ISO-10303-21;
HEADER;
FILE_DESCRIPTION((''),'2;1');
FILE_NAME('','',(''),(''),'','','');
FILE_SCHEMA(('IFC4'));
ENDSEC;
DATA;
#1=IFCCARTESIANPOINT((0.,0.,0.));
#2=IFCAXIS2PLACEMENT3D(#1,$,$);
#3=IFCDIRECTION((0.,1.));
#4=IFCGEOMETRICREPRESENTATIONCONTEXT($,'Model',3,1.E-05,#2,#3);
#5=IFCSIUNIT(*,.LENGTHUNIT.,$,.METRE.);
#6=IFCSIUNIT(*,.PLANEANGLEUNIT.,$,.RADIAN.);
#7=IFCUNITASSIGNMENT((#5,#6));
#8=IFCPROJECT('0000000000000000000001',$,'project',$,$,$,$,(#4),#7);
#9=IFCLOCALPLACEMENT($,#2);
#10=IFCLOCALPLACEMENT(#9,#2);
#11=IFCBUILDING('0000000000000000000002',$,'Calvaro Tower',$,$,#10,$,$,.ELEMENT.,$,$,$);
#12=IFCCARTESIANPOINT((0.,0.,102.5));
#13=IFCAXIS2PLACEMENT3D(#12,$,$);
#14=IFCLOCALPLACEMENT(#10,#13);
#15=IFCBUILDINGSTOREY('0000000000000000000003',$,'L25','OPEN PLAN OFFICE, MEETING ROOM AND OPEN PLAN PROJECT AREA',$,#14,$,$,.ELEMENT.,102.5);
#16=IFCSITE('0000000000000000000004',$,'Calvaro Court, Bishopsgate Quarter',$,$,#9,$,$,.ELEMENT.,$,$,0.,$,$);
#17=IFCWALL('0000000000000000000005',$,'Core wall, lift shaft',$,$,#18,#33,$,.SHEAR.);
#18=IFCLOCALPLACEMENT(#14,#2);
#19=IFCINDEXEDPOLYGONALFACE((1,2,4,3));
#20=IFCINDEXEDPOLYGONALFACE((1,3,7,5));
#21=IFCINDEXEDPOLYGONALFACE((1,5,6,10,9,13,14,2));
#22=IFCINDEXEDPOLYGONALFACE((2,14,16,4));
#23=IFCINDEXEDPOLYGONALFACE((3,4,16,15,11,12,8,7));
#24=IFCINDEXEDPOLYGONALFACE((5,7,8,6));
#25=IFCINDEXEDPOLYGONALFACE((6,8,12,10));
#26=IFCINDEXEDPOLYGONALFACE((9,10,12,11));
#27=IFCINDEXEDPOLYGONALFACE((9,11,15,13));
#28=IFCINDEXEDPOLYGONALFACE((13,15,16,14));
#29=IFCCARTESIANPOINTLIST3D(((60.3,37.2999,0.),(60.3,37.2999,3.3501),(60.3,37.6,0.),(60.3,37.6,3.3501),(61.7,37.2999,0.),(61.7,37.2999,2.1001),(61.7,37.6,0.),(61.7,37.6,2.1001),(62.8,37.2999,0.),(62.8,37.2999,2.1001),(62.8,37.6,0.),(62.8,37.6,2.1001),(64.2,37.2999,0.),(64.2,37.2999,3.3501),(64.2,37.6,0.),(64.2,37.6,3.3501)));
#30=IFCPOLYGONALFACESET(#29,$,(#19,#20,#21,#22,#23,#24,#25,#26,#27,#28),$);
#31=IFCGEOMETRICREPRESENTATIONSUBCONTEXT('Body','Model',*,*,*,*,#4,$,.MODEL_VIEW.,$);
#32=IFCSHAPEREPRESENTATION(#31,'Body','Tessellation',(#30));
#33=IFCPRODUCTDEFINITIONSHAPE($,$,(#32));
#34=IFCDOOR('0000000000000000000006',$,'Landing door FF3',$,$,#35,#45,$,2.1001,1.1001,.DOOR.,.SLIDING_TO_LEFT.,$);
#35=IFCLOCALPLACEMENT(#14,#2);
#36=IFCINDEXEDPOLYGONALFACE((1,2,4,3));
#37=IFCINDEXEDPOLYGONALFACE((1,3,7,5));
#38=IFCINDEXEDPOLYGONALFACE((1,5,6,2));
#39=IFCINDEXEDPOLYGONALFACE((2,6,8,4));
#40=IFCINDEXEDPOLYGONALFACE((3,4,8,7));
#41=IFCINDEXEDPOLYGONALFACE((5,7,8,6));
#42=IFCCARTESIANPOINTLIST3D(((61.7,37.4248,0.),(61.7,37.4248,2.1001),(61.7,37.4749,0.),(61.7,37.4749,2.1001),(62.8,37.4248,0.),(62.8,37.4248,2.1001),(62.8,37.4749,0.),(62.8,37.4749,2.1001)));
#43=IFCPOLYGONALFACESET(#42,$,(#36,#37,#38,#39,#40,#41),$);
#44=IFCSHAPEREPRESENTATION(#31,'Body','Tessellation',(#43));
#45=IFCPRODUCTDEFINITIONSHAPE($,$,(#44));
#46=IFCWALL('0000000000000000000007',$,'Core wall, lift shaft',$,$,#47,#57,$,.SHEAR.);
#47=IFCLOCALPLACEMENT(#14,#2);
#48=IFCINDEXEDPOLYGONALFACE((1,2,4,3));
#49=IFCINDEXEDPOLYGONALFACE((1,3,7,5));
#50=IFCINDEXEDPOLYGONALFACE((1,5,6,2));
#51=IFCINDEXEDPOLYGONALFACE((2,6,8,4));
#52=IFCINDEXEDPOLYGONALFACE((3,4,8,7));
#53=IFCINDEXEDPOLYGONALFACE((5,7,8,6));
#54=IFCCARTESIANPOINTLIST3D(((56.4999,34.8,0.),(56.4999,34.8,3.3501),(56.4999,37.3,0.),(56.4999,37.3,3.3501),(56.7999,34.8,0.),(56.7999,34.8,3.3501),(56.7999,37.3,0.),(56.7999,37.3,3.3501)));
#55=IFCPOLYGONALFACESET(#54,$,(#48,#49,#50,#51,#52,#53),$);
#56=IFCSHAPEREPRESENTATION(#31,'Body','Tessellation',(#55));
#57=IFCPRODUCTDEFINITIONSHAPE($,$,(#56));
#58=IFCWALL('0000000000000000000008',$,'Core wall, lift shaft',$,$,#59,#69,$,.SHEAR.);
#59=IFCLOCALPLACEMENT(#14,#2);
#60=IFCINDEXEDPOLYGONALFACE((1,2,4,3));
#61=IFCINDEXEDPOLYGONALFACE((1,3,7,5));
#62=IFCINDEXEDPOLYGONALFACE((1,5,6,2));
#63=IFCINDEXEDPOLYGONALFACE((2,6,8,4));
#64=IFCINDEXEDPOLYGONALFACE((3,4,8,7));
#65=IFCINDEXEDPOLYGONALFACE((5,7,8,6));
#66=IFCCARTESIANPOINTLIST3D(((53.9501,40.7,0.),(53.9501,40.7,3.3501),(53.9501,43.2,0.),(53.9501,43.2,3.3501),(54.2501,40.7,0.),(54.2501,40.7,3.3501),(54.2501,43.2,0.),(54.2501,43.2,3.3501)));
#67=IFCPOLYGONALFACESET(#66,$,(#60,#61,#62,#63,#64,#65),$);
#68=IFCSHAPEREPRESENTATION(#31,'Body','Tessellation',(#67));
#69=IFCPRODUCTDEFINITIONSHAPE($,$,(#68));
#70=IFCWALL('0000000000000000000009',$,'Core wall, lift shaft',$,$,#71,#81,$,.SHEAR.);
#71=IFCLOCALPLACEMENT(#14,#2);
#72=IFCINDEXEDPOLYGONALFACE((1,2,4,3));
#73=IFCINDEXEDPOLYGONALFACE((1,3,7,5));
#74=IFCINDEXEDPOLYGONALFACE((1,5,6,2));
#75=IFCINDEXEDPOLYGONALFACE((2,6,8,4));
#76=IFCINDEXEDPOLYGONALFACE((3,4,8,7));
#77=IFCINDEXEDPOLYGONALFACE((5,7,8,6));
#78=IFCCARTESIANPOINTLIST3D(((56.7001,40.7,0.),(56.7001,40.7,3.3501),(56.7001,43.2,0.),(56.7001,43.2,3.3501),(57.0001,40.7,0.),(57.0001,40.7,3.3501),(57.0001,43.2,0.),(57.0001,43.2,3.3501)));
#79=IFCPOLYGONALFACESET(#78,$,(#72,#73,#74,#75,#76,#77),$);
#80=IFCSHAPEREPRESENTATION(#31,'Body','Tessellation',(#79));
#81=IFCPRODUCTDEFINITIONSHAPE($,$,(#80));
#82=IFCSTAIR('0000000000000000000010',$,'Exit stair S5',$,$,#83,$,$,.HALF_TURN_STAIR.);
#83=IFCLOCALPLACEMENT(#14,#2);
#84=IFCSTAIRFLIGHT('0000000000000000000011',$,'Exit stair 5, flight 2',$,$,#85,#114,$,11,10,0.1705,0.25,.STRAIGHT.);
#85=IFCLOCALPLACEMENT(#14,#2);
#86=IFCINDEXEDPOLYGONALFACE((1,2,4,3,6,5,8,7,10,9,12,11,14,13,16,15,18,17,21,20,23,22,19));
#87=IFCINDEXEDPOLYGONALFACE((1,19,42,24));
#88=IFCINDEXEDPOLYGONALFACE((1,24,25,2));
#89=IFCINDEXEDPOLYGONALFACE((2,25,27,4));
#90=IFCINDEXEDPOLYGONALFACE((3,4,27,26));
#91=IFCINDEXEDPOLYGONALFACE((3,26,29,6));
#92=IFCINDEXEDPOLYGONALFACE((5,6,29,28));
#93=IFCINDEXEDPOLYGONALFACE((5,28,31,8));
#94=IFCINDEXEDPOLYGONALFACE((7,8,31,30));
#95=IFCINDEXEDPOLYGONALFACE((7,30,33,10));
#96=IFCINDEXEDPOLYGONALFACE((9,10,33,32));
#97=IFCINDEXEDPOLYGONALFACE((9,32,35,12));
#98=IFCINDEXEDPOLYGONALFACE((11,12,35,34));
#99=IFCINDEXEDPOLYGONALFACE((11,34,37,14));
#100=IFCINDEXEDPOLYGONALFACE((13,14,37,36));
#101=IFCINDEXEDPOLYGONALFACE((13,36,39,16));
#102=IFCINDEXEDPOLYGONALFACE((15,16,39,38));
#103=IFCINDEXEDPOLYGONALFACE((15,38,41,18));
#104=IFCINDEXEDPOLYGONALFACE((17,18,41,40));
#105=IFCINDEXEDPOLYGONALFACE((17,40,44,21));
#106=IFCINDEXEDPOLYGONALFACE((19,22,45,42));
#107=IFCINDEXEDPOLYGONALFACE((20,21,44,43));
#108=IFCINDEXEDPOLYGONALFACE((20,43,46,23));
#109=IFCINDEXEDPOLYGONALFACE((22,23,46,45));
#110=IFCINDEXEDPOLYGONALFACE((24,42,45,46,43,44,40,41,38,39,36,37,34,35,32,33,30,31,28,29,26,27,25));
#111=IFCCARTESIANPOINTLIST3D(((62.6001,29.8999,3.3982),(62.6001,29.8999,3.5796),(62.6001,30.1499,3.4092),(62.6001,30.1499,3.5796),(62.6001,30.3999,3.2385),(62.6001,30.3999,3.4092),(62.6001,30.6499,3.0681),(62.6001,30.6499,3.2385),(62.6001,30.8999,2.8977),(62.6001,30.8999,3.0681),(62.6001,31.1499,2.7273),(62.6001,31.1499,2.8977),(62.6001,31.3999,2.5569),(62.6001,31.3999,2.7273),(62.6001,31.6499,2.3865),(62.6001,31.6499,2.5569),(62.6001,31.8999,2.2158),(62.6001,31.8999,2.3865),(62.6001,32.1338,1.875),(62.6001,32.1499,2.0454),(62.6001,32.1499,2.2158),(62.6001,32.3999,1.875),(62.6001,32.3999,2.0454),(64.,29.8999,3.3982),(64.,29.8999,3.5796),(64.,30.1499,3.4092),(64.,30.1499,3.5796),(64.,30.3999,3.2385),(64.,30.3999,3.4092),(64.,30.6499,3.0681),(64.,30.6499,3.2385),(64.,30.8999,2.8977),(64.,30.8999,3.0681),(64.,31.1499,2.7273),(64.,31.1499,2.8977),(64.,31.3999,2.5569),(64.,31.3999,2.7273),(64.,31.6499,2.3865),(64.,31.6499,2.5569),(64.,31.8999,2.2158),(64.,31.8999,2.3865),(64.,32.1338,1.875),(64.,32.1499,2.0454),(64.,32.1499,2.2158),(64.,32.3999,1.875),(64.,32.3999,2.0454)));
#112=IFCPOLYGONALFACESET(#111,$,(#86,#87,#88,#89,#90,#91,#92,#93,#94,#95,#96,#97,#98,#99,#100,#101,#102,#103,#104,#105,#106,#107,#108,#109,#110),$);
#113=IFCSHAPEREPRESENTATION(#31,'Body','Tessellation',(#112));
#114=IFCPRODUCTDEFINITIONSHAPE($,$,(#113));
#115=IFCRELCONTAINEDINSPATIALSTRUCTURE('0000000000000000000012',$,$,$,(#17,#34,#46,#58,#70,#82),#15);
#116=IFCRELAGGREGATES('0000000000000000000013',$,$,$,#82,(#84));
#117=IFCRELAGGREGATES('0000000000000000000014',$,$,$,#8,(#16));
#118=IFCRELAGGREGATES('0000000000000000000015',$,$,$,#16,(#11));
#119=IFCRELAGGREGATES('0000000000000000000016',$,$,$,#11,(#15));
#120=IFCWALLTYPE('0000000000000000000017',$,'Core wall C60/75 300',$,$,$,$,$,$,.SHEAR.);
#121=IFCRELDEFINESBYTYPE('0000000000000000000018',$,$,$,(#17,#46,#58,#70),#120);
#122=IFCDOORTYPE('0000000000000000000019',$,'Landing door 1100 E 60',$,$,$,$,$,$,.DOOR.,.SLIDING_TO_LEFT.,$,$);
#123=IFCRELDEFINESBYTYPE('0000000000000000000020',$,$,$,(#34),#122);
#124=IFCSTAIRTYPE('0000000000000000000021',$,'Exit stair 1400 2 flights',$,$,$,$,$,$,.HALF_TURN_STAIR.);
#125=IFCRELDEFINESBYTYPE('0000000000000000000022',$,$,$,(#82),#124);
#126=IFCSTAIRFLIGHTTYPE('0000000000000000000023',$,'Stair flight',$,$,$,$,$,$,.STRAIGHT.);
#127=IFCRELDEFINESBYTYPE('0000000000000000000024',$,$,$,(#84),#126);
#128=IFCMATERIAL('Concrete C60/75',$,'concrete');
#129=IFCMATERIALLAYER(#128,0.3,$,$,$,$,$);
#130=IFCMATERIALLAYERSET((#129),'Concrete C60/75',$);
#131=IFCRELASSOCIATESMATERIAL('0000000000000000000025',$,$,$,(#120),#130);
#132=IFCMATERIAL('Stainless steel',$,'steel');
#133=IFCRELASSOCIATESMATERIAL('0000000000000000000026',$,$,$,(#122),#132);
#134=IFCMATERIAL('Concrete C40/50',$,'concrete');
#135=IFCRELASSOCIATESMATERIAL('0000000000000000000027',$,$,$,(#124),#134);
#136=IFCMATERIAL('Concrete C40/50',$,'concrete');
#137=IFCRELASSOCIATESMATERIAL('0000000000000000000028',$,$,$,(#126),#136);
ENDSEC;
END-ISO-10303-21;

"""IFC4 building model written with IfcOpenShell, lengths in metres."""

from ifc_helpers import new_model, si_unit, direction, frame, frame_2d, origin, place, context, subcontext, project, spatial, polyline, rectangle, outline, extrude, material, layer, layer_set, type_object, element, fill, aggregate, save


model = new_model("IFC4")

# Units and contexts
model_context = context("Model", 3, precision=1e-05, world=origin(), true_north=direction((0.0, 1.0)))
body_context = subcontext(model_context, "Body", "Model", "MODEL_VIEW")
ifc_project = project(units=[si_unit("LENGTHUNIT", "METRE"), si_unit("PLANEANGLEUNIT", "RADIAN")], contexts=[model_context])

# Site, building, storey
site_placement = place(None, origin())
site = spatial("IfcSite", under=ifc_project, at=site_placement, Name="Calvaro Court, Bishopsgate Quarter", CompositionType="ELEMENT", RefElevation=0.0)
building_placement = place(site_placement, origin())
building = spatial("IfcBuilding", under=site, at=building_placement, Name="Calvaro Tower", CompositionType="ELEMENT")
storey_placement = place(building_placement, frame((0.0, 0.0, 102.5)))
storey = spatial("IfcBuildingStorey", under=building, at=storey_placement, Name="L25", Description="OPEN PLAN OFFICE, MEETING ROOM AND OPEN PLAN PROJECT AREA", CompositionType="ELEMENT", Elevation=102.5)

# Shared definitions
ifc_material_1 = material(Name="Concrete C60/75", Category="concrete")
ifc_layer_1 = layer(ifc_material_1, 0.3)
ifc_layer_set_1 = layer_set([ifc_layer_1], Name="Concrete C60/75")
wall_type_1 = type_object("IfcWallType", Name="Core wall C60/75 300", PredefinedType="SHEAR", material=ifc_layer_set_1)

# Wall, opening, door
wall_1_placement = place(storey_placement, frame((60.3, 37.45, 0.0), z_axis=(0.0, 0.0, 1.0), x_axis=(1.0, 0.0, 0.0)))
wall_1 = element("IfcWall", 1, at=wall_1_placement, inside=storey, type_object=wall_type_1, Name="Core wall, lift shaft", PredefinedType="SHEAR", context=body_context, shape_type="SweptSolid", body=[
    extrude(rectangle(XDim=3.8999, YDim=0.3, at=frame_2d((1.95, 0.0))), origin(), (0.0, 0.0, 1.0), 3.3501),
])
opening_1_placement = place(wall_1_placement, frame((1.3999, 0.0, 0.0)))
opening_1 = element("IfcOpeningElement", 2, at=opening_1_placement, cuts=wall_1, PredefinedType="OPENING", context=body_context, shape_type="SweptSolid", body=[
    extrude(rectangle(XDim=1.1001, YDim=2.1001, at=frame_2d((0.55, 1.05))), frame((0.0, 0.1599, 0.0), z_axis=(0.0, -1.0, 0.0), x_axis=(1.0, 0.0, 0.0)), (0.0, 0.0, 1.0), 0.3201),
])
ifc_material_2 = material(Name="Stainless steel", Category="steel")
door_type_1 = type_object("IfcDoorType", Name="Landing door 1100 E 60", OperationType="SLIDING_TO_LEFT", PredefinedType="DOOR", material=ifc_material_2)
door_1_placement = place(opening_1_placement, origin())
door_1 = element("IfcDoor", 3, at=door_1_placement, inside=storey, type_object=door_type_1, Name="Landing door FF3", OperationType="SLIDING_TO_LEFT", OverallHeight=2.1001, OverallWidth=1.1001, PredefinedType="DOOR", context=body_context, shape_type="SweptSolid", body=[
    extrude(rectangle(XDim=1.1001, YDim=2.1001, at=frame_2d((0.55, 1.05))), frame((0.0, 0.0249, 0.0), z_axis=(0.0, -1.0, 0.0), x_axis=(1.0, 0.0, 0.0)), (0.0, 0.0, 1.0), 0.05),
])
fill(opening_1, door_1)

# Walls
for number, where, z_axis, x_axis, name in (
    (4, (56.6499, 34.8, 0.0), (0.0, 0.0, 1.0), (0.0, 1.0, 0.0), "Core wall, lift shaft"),
    (5, (54.1001, 40.7, 0.0), (0.0, 0.0, 1.0), (0.0, 1.0, 0.0), "Core wall, lift shaft"),
    (6, (56.8501, 40.7, 0.0), (0.0, 0.0, 1.0), (0.0, 1.0, 0.0), "Core wall, lift shaft"),
):
    element("IfcWall", number, at=place(storey_placement, frame(where, z_axis=z_axis, x_axis=x_axis)), inside=storey, type_object=wall_type_1, Name=name, PredefinedType="SHEAR", context=body_context, shape_type="SweptSolid", body=[
        extrude(rectangle(XDim=2.5, YDim=0.3, at=frame_2d((1.25, 0.0))), origin(), (0.0, 0.0, 1.0), 3.3501),
    ])

# Stair, stair flight
ifc_material_3 = material(Name="Concrete C40/50", Category="concrete")
stair_type = type_object("IfcStairType", Name="Exit stair 1400 2 flights", PredefinedType="HALF_TURN_STAIR", material=ifc_material_3)
stair_1_placement = place(storey_placement, origin())
stair_1 = element("IfcStair", 7, at=stair_1_placement, inside=storey, type_object=stair_type, Name="Exit stair S5", PredefinedType="HALF_TURN_STAIR")
ifc_material_4 = material(Name="Concrete C40/50", Category="concrete")
stair_flight_type = type_object("IfcStairFlightType", Name="Stair flight", PredefinedType="STRAIGHT", material=ifc_material_4)
stair_flight_placement = place(storey_placement, frame((63.3, 32.3999, 1.875), z_axis=(0.0, 0.0, 1.0), x_axis=(0.0, -1.0, 0.0)))
stair_flight = element("IfcStairFlight", 8, at=stair_flight_placement, type_object=stair_flight_type, Name="Exit stair 5, flight 2", NumberOfRisers=11, NumberOfTreads=10, PredefinedType="STRAIGHT", RiserHeight=0.1705, TreadLength=0.25, context=body_context, shape_type="SweptSolid", body=[
    extrude(outline(polyline([(0.0, 0.0), (0.0, 0.1704), (0.25, 0.1704), (0.25, 0.3408), (0.5, 0.3408), (0.5, 0.5115), (0.75, 0.5115), (0.75, 0.6819), (1.0, 0.6819), (1.0, 0.8523), (1.25, 0.8523), (1.25, 1.0227), (1.5, 1.0227), (1.5, 1.1931), (1.75, 1.1931), (1.75, 1.3635), (2.0, 1.3635), (2.0, 1.5342), (2.25, 1.5342), (2.25, 1.7046), (2.5, 1.7046), (2.5, 1.875), (2.5, 1.5232), (0.2661, 0.0), (0.0, 0.0)])), frame((0.0, 0.7, 0.0), z_axis=(0.0, -1.0, 0.0), x_axis=(1.0, 0.0, 0.0)), (0.0, 0.0, 1.0), 1.3999),
])

aggregate(stair_1, [stair_flight])

save(model, "model.ifc")
